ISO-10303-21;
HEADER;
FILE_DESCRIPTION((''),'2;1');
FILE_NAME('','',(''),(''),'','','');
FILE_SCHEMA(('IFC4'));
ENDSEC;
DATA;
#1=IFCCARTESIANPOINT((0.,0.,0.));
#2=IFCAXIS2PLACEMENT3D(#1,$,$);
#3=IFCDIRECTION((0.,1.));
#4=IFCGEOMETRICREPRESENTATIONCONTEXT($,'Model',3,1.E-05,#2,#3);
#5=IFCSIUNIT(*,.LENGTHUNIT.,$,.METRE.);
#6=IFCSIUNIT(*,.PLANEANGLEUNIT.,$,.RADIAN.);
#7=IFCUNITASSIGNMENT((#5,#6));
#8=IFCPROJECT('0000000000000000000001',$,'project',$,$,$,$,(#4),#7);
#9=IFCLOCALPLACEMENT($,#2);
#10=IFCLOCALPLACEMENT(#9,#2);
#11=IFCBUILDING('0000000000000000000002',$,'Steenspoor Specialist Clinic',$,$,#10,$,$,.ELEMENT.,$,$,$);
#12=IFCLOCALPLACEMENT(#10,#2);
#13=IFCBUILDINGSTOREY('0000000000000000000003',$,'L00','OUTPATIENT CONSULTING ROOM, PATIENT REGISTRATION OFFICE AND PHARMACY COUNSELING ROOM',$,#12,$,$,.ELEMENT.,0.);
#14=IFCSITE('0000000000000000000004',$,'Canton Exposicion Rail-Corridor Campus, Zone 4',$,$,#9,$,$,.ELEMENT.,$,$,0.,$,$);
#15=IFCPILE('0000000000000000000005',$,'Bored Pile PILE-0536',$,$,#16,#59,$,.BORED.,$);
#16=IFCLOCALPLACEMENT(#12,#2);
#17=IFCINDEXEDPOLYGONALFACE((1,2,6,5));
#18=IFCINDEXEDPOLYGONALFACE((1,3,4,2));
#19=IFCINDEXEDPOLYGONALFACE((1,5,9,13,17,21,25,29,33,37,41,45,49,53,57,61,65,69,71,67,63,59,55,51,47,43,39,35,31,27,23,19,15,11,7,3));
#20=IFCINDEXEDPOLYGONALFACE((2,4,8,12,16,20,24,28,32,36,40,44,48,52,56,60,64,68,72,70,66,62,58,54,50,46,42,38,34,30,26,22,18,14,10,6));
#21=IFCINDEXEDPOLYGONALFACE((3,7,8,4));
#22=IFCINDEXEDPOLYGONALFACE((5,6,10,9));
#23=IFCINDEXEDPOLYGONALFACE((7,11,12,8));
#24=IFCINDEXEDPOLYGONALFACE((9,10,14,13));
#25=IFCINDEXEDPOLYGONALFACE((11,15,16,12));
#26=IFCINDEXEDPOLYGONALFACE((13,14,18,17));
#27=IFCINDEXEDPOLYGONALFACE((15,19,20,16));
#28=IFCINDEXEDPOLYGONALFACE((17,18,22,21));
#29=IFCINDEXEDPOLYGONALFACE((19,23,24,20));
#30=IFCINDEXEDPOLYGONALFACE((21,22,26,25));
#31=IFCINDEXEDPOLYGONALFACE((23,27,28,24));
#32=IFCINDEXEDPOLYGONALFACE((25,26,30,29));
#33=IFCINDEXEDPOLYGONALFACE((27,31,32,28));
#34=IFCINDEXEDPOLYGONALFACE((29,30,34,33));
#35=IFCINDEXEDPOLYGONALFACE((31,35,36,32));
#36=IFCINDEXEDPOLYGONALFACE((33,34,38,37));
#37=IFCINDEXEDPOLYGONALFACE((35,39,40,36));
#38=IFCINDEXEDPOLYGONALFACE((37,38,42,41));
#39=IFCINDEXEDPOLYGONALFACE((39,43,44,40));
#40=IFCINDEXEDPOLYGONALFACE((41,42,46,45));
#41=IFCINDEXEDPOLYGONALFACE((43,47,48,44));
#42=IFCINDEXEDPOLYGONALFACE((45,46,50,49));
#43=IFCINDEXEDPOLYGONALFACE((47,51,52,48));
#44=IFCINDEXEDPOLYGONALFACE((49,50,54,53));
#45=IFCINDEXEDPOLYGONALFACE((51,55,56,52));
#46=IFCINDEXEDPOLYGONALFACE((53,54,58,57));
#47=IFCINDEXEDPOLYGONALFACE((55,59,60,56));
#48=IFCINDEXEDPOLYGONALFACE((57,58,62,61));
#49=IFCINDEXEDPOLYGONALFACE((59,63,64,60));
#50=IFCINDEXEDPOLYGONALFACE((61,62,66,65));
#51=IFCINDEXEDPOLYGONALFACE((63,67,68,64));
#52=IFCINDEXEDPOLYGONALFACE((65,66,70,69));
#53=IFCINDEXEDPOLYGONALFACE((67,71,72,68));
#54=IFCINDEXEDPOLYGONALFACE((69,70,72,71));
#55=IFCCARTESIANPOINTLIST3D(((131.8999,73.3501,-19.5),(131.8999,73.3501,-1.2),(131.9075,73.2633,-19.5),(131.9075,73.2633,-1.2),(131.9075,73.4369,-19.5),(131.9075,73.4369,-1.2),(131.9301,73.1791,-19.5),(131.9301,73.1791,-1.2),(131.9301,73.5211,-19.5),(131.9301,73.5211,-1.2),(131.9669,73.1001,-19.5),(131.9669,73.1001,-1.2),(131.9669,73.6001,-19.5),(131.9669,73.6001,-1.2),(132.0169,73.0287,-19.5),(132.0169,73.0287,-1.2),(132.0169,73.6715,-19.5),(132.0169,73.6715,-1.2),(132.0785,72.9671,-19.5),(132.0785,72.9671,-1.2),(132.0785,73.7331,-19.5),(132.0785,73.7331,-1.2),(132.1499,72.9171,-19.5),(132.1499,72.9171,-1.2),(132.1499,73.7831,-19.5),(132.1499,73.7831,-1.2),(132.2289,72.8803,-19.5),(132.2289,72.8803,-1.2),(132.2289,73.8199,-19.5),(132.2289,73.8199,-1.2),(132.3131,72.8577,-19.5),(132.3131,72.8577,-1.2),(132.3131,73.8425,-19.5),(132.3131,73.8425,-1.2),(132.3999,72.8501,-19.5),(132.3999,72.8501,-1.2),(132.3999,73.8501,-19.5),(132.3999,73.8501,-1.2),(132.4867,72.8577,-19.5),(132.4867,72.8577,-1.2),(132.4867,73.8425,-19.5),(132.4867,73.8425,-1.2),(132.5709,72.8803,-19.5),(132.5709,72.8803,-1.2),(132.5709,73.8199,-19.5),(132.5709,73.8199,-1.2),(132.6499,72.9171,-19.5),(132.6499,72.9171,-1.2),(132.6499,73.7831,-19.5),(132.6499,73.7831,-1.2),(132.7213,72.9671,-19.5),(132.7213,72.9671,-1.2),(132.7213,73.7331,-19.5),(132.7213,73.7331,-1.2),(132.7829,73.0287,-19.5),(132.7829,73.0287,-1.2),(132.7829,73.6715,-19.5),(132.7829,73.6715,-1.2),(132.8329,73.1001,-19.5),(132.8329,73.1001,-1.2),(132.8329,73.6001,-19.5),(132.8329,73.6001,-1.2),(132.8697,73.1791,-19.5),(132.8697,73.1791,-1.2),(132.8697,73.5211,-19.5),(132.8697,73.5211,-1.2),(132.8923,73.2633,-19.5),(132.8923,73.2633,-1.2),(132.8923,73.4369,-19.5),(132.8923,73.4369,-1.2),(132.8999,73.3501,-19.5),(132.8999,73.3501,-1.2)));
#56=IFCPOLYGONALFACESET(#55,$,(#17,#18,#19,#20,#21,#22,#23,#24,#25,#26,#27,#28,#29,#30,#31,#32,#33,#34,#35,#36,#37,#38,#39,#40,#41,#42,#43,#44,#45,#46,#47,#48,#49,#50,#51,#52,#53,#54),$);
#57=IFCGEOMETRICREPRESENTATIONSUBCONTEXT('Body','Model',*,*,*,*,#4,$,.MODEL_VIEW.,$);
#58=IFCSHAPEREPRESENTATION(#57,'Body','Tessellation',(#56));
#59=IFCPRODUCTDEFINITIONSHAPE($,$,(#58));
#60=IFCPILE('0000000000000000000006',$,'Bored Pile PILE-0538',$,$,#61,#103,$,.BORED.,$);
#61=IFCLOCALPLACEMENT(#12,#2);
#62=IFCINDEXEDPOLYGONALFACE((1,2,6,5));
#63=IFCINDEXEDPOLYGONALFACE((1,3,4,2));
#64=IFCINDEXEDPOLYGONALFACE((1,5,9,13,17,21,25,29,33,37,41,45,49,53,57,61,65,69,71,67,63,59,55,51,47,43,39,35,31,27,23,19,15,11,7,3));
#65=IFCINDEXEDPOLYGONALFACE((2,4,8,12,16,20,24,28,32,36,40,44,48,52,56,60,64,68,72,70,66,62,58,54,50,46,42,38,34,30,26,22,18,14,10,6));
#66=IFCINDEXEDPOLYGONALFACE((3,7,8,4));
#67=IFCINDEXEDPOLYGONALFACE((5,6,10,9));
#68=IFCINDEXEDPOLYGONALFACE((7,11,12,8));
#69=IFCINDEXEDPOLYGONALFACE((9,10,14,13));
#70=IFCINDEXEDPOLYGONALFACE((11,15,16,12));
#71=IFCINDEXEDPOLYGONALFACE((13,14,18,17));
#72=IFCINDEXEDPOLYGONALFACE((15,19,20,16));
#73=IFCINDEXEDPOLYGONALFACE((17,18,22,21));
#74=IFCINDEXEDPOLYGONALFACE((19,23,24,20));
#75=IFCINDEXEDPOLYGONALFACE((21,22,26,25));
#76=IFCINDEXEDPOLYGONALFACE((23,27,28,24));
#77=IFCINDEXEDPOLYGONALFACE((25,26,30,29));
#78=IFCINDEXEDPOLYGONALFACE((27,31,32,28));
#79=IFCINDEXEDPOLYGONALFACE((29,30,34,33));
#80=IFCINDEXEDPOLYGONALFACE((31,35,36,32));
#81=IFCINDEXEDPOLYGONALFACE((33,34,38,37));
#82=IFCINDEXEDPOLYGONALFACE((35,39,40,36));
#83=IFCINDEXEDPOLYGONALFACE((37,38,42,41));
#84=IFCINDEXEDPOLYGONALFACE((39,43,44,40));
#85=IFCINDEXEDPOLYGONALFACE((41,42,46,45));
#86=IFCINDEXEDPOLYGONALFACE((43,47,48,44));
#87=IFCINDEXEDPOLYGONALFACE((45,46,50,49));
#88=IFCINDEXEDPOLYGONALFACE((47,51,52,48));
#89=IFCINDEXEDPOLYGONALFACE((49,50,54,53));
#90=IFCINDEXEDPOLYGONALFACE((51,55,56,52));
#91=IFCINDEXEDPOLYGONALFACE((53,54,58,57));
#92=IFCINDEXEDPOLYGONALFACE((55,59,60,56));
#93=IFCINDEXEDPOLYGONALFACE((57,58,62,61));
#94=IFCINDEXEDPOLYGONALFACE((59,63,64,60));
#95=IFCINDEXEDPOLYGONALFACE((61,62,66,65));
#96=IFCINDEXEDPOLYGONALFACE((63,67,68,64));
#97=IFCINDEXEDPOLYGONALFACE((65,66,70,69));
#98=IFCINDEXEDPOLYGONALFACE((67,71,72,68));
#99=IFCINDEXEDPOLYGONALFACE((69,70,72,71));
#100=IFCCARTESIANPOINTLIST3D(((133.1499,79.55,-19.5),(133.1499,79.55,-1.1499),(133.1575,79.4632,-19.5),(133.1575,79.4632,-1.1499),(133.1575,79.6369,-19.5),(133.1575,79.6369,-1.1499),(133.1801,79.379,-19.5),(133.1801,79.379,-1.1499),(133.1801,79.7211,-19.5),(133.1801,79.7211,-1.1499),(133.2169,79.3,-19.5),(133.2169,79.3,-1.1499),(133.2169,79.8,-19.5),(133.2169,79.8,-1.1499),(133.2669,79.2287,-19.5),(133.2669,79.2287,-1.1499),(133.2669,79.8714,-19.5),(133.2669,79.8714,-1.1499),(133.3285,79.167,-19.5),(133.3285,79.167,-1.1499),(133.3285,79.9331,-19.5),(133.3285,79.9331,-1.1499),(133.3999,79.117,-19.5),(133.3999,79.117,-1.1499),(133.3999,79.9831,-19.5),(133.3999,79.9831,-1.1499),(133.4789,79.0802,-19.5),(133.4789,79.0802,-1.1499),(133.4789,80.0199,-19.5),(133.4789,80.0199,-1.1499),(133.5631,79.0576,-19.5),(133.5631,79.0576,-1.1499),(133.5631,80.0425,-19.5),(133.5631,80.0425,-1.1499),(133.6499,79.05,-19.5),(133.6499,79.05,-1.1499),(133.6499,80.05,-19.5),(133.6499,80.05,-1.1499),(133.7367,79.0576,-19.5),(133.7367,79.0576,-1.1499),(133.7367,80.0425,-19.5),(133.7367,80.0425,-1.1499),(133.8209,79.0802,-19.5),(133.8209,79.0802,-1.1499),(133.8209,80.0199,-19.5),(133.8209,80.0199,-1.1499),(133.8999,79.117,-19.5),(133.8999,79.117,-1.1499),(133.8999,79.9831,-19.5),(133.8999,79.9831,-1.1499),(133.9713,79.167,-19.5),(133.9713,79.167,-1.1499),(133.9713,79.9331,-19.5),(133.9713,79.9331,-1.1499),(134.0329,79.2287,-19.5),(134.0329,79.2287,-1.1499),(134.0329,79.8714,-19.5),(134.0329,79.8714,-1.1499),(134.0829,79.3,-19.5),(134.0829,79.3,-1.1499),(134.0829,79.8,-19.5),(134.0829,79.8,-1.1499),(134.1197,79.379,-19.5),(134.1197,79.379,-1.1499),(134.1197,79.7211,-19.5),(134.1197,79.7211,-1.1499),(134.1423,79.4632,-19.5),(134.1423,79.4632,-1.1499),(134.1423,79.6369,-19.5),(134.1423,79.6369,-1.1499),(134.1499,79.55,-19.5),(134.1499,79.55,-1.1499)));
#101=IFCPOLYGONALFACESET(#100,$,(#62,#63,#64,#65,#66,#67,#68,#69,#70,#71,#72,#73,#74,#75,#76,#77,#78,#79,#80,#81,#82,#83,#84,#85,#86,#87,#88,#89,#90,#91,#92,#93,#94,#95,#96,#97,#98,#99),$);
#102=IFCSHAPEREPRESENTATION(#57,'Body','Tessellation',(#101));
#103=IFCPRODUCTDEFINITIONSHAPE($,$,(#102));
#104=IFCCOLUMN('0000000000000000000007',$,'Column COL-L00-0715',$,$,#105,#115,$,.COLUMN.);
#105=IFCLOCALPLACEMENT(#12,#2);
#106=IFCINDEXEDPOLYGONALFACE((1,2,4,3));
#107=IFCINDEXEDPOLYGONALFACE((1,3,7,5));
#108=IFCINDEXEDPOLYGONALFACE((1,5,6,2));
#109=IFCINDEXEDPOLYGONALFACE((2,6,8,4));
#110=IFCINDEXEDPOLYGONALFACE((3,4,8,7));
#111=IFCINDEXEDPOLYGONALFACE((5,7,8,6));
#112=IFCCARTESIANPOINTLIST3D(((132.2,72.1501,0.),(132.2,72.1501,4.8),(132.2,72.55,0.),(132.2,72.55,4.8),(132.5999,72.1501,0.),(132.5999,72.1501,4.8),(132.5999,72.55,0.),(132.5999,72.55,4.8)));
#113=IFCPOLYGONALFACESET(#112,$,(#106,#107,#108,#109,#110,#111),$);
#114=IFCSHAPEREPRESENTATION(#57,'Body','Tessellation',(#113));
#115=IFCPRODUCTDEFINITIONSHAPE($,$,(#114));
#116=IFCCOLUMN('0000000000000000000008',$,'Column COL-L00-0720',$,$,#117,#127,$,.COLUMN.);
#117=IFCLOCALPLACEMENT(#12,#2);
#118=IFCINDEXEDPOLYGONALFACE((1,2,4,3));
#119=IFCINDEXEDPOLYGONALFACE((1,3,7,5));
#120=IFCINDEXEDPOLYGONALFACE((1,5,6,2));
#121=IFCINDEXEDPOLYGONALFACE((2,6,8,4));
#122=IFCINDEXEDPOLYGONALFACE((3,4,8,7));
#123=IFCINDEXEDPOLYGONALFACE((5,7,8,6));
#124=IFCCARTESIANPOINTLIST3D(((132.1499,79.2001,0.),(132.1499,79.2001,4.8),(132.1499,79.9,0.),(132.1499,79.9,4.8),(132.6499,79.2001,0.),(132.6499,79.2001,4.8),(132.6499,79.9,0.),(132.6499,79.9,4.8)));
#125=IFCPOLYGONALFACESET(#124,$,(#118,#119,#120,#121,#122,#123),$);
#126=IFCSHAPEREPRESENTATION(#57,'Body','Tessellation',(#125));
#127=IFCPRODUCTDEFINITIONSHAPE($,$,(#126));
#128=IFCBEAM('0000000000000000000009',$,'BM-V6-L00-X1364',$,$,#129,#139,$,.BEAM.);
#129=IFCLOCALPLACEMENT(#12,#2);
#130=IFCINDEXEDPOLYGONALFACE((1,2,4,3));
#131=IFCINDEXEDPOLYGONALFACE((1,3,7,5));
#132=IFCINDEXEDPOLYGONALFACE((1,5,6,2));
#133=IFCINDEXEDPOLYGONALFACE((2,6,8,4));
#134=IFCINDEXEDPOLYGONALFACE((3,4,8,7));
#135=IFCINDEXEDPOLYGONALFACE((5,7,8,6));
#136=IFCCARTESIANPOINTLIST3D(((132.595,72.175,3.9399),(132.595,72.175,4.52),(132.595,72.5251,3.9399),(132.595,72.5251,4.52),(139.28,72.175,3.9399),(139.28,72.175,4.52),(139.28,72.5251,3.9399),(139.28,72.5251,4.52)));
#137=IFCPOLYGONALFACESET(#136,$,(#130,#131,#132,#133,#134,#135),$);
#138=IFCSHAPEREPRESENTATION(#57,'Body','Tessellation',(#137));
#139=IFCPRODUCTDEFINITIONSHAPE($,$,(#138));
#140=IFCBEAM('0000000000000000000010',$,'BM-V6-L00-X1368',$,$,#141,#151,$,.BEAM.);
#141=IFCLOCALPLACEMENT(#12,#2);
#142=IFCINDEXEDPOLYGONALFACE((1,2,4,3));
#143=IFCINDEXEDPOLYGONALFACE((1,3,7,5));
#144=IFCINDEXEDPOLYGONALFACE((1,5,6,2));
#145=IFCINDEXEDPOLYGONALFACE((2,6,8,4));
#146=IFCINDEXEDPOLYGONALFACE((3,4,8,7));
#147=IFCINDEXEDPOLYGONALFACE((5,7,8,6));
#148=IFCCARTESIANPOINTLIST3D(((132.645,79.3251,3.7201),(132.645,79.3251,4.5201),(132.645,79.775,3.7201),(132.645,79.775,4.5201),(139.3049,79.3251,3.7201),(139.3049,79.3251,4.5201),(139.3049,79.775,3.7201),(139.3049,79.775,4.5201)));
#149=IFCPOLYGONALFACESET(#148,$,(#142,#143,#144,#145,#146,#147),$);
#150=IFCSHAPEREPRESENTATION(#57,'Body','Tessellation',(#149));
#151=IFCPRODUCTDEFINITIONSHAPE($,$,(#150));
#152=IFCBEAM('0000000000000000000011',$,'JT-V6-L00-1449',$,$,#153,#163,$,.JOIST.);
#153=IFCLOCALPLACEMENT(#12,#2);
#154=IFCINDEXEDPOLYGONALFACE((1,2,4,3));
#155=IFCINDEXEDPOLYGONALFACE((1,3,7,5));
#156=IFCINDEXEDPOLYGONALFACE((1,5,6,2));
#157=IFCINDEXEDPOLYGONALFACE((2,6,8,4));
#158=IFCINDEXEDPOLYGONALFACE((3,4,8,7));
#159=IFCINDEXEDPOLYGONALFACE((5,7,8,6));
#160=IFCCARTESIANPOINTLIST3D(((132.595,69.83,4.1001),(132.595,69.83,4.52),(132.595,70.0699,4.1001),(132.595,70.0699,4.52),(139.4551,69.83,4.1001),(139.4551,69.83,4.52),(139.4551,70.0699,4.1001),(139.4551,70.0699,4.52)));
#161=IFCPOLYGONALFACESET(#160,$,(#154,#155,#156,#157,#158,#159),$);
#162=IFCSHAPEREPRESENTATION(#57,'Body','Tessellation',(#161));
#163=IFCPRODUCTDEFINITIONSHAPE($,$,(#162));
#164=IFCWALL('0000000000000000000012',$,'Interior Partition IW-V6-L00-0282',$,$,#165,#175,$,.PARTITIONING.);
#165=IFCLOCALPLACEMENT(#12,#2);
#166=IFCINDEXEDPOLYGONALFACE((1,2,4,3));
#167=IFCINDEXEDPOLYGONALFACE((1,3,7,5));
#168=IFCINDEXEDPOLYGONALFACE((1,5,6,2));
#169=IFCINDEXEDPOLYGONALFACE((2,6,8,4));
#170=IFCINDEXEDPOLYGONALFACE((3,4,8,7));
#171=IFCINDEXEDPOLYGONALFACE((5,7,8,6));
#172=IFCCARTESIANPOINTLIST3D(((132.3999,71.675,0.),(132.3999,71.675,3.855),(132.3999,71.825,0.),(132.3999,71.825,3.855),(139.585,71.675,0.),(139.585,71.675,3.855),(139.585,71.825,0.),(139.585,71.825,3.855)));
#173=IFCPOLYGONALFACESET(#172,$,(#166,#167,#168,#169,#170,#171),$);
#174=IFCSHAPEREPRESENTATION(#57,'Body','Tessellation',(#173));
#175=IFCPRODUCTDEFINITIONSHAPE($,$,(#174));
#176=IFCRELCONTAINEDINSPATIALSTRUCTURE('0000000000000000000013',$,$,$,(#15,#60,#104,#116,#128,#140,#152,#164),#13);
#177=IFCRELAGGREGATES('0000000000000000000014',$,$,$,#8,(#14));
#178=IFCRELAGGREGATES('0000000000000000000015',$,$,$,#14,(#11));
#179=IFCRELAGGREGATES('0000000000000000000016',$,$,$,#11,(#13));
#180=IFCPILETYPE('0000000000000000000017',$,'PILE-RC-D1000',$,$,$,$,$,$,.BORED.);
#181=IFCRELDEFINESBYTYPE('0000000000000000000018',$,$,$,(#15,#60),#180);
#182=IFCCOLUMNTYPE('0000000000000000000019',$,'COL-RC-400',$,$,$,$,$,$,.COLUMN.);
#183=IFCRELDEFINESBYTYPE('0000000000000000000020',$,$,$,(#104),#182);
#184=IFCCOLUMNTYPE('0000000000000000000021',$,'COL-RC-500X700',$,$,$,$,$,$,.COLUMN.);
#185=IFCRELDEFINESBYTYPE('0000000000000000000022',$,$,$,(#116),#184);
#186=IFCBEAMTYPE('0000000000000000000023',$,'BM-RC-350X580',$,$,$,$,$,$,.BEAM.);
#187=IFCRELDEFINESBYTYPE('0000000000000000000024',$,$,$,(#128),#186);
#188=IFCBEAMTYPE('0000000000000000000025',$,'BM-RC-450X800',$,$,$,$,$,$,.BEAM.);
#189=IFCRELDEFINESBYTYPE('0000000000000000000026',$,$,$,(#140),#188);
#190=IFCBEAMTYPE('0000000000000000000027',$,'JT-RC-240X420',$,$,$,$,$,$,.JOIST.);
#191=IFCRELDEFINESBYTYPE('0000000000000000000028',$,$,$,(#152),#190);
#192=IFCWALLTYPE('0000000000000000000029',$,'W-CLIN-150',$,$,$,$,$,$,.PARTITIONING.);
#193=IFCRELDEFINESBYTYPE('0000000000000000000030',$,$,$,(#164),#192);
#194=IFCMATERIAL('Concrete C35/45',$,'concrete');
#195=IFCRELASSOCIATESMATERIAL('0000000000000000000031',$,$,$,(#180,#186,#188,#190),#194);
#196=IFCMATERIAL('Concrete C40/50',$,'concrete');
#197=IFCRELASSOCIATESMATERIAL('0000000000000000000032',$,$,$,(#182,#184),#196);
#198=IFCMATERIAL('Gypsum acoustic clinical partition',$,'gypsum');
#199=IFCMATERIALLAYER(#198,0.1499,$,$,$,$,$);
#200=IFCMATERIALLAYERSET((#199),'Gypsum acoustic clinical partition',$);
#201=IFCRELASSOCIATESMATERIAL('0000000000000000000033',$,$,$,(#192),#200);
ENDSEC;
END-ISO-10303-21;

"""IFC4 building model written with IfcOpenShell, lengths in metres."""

from ifc_helpers import new_model, si_unit, direction, frame, frame_2d, origin, origin_2d, place, context, subcontext, project, spatial, rectangle, circle, extrude, material, layer, layer_set, material_profile, profile_set, type_object, element, save


model = new_model("IFC4")

# Units and contexts
model_context = context("Model", 3, precision=1e-05, world=origin(), true_north=direction((0.0, 1.0)))
body_context = subcontext(model_context, "Body", "Model", "MODEL_VIEW")
ifc_project = project(units=[si_unit("LENGTHUNIT", "METRE"), si_unit("PLANEANGLEUNIT", "RADIAN")], contexts=[model_context])

# Site, building, storey
site_placement = place(None, origin())
site = spatial("IfcSite", under=ifc_project, at=site_placement, Name="Canton Exposicion Rail-Corridor Campus, Zone 4", CompositionType="ELEMENT", RefElevation=0.0)
building_placement = place(site_placement, origin())
building = spatial("IfcBuilding", under=site, at=building_placement, Name="Steenspoor Specialist Clinic", CompositionType="ELEMENT")
storey_placement = place(building_placement, origin())
storey = spatial("IfcBuildingStorey", under=building, at=storey_placement, Name="L00", Description="OUTPATIENT CONSULTING ROOM, PATIENT REGISTRATION OFFICE AND PHARMACY COUNSELING ROOM", CompositionType="ELEMENT", Elevation=0.0)

# Shared definitions
ifc_material_1 = material(Name="Concrete C35/45", Category="concrete")

# Piles
ifc_material_profile_1 = material_profile(ifc_material_1, circle(Radius=0.5, at=origin_2d()), Name="PILE-D1000")
ifc_profile_set_1 = profile_set([ifc_material_profile_1], Name="Concrete C35/45")
pile_type = type_object("IfcPileType", Name="PILE-RC-D1000", PredefinedType="BORED", material=ifc_profile_set_1)
for number, where, z_axis, x_axis, name in (
    (1, (132.3999, 73.3501, -1.2), (0.0, 0.0, -1.0), (1.0, 0.0, 0.0), "Bored Pile PILE-0536"),
):
    element("IfcPile", number, at=place(storey_placement, frame(where, z_axis=z_axis, x_axis=x_axis)), inside=storey, type_object=pile_type, Name=name, PredefinedType="BORED", context=body_context, shape_type="SweptSolid", body=[
        extrude(circle(Radius=0.5, at=origin_2d()), origin(), (0.0, 0.0, 1.0), 18.3),
    ])
pile_placement = place(storey_placement, frame((133.6499, 79.55, -1.1499), z_axis=(0.0, 0.0, -1.0), x_axis=(1.0, 0.0, 0.0)))
element("IfcPile", 2, at=pile_placement, inside=storey, type_object=pile_type, Name="Bored Pile PILE-0538", PredefinedType="BORED", context=body_context, shape_type="SweptSolid", body=[
    extrude(circle(Radius=0.5, at=origin_2d()), origin(), (0.0, 0.0, 1.0), 18.3501),
])

# Columns
ifc_material_2 = material(Name="Concrete C40/50", Category="concrete")
ifc_material_profile_2 = material_profile(ifc_material_2, rectangle(XDim=0.3999, YDim=0.3999, at=origin_2d()), Name="RC-COL-400X400")
ifc_profile_set_2 = profile_set([ifc_material_profile_2], Name="Concrete C40/50")
column_type_1 = type_object("IfcColumnType", Name="COL-RC-400", PredefinedType="COLUMN", material=ifc_profile_set_2)
column_1_placement = place(storey_placement, frame((132.3999, 72.3501, 0.0), z_axis=(0.0, 0.0, 1.0), x_axis=(1.0, 0.0, 0.0)))
element("IfcColumn", 3, at=column_1_placement, inside=storey, type_object=column_type_1, Name="Column COL-L00-0715", PredefinedType="COLUMN", context=body_context, shape_type="SweptSolid", body=[
    extrude(rectangle(XDim=0.3999, YDim=0.3999, at=origin_2d()), origin(), (0.0, 0.0, 1.0), 4.8),
])
ifc_material_profile_3 = material_profile(ifc_material_2, rectangle(XDim=0.5, YDim=0.7, at=origin_2d()), Name="RC-COL-500X700")
ifc_profile_set_3 = profile_set([ifc_material_profile_3], Name="Concrete C40/50")
column_type_2 = type_object("IfcColumnType", Name="COL-RC-500X700", PredefinedType="COLUMN", material=ifc_profile_set_3)
column_2_placement = place(storey_placement, frame((132.3999, 79.55, 0.0), z_axis=(0.0, 0.0, 1.0), x_axis=(1.0, 0.0, 0.0)))
element("IfcColumn", 4, at=column_2_placement, inside=storey, type_object=column_type_2, Name="Column COL-L00-0720", PredefinedType="COLUMN", context=body_context, shape_type="SweptSolid", body=[
    extrude(rectangle(XDim=0.5, YDim=0.7, at=origin_2d()), origin(), (0.0, 0.0, 1.0), 4.8),
])

# Beams
ifc_material_profile_4 = material_profile(ifc_material_1, rectangle(XDim=0.3501, YDim=0.5801, at=origin_2d()), Name="RC-BM-350X580")
ifc_profile_set_4 = profile_set([ifc_material_profile_4], Name="Concrete C35/45")
beam_type_1 = type_object("IfcBeamType", Name="BM-RC-350X580", PredefinedType="BEAM", material=ifc_profile_set_4)
beam_1_placement = place(storey_placement, frame((132.595, 72.3501, 4.23), z_axis=(1.0, 0.0, 0.0), x_axis=(0.0, 1.0, 0.0)))
element("IfcBeam", 5, at=beam_1_placement, inside=storey, type_object=beam_type_1, Name="BM-V6-L00-X1364", PredefinedType="BEAM", context=body_context, shape_type="SweptSolid", body=[
    extrude(rectangle(XDim=0.3501, YDim=0.5801, at=origin_2d()), origin(), (0.0, 0.0, 1.0), 6.6851),
])
ifc_material_profile_5 = material_profile(ifc_material_1, rectangle(XDim=0.45, YDim=0.8, at=origin_2d()), Name="RC-BM-450X800")
ifc_profile_set_5 = profile_set([ifc_material_profile_5], Name="Concrete C35/45")
beam_type_2 = type_object("IfcBeamType", Name="BM-RC-450X800", PredefinedType="BEAM", material=ifc_profile_set_5)
beam_2_placement = place(storey_placement, frame((132.645, 79.55, 4.1201), z_axis=(1.0, 0.0, 0.0), x_axis=(0.0, 1.0, 0.0)))
element("IfcBeam", 6, at=beam_2_placement, inside=storey, type_object=beam_type_2, Name="BM-V6-L00-X1368", PredefinedType="BEAM", context=body_context, shape_type="SweptSolid", body=[
    extrude(rectangle(XDim=0.45, YDim=0.8, at=origin_2d()), origin(), (0.0, 0.0, 1.0), 6.6599),
])
ifc_material_profile_6 = material_profile(ifc_material_1, rectangle(XDim=0.24, YDim=0.4199, at=origin_2d()), Name="RC-JT-240X420")
ifc_profile_set_6 = profile_set([ifc_material_profile_6], Name="Concrete C35/45")
beam_type_3 = type_object("IfcBeamType", Name="JT-RC-240X420", PredefinedType="JOIST", material=ifc_profile_set_6)
beam_3_placement = place(storey_placement, frame((132.595, 69.95, 4.3101), z_axis=(1.0, 0.0, 0.0), x_axis=(0.0, 1.0, 0.0)))
element("IfcBeam", 7, at=beam_3_placement, inside=storey, type_object=beam_type_3, Name="JT-V6-L00-1449", PredefinedType="JOIST", context=body_context, shape_type="SweptSolid", body=[
    extrude(rectangle(XDim=0.24, YDim=0.4199, at=origin_2d()), origin(), (0.0, 0.0, 1.0), 6.8601),
])

# Wall
ifc_material_3 = material(Name="Gypsum acoustic clinical partition", Category="gypsum")
ifc_layer_1 = layer(ifc_material_3, 0.1499)
ifc_layer_set_1 = layer_set([ifc_layer_1], Name="Gypsum acoustic clinical partition")
wall_type_1 = type_object("IfcWallType", Name="W-CLIN-150", PredefinedType="PARTITIONING", material=ifc_layer_set_1)
wall_1_placement = place(storey_placement, frame((132.3999, 71.75, 0.0), z_axis=(0.0, 0.0, 1.0), x_axis=(1.0, 0.0, 0.0)))
element("IfcWall", 8, at=wall_1_placement, inside=storey, type_object=wall_type_1, Name="Interior Partition IW-V6-L00-0282", PredefinedType="PARTITIONING", context=body_context, shape_type="SweptSolid", body=[
    extrude(rectangle(XDim=7.1851, YDim=0.1499, at=frame_2d((3.5925, 0.0))), origin(), (0.0, 0.0, 1.0), 3.855),
])

save(model, "model.ifc")
